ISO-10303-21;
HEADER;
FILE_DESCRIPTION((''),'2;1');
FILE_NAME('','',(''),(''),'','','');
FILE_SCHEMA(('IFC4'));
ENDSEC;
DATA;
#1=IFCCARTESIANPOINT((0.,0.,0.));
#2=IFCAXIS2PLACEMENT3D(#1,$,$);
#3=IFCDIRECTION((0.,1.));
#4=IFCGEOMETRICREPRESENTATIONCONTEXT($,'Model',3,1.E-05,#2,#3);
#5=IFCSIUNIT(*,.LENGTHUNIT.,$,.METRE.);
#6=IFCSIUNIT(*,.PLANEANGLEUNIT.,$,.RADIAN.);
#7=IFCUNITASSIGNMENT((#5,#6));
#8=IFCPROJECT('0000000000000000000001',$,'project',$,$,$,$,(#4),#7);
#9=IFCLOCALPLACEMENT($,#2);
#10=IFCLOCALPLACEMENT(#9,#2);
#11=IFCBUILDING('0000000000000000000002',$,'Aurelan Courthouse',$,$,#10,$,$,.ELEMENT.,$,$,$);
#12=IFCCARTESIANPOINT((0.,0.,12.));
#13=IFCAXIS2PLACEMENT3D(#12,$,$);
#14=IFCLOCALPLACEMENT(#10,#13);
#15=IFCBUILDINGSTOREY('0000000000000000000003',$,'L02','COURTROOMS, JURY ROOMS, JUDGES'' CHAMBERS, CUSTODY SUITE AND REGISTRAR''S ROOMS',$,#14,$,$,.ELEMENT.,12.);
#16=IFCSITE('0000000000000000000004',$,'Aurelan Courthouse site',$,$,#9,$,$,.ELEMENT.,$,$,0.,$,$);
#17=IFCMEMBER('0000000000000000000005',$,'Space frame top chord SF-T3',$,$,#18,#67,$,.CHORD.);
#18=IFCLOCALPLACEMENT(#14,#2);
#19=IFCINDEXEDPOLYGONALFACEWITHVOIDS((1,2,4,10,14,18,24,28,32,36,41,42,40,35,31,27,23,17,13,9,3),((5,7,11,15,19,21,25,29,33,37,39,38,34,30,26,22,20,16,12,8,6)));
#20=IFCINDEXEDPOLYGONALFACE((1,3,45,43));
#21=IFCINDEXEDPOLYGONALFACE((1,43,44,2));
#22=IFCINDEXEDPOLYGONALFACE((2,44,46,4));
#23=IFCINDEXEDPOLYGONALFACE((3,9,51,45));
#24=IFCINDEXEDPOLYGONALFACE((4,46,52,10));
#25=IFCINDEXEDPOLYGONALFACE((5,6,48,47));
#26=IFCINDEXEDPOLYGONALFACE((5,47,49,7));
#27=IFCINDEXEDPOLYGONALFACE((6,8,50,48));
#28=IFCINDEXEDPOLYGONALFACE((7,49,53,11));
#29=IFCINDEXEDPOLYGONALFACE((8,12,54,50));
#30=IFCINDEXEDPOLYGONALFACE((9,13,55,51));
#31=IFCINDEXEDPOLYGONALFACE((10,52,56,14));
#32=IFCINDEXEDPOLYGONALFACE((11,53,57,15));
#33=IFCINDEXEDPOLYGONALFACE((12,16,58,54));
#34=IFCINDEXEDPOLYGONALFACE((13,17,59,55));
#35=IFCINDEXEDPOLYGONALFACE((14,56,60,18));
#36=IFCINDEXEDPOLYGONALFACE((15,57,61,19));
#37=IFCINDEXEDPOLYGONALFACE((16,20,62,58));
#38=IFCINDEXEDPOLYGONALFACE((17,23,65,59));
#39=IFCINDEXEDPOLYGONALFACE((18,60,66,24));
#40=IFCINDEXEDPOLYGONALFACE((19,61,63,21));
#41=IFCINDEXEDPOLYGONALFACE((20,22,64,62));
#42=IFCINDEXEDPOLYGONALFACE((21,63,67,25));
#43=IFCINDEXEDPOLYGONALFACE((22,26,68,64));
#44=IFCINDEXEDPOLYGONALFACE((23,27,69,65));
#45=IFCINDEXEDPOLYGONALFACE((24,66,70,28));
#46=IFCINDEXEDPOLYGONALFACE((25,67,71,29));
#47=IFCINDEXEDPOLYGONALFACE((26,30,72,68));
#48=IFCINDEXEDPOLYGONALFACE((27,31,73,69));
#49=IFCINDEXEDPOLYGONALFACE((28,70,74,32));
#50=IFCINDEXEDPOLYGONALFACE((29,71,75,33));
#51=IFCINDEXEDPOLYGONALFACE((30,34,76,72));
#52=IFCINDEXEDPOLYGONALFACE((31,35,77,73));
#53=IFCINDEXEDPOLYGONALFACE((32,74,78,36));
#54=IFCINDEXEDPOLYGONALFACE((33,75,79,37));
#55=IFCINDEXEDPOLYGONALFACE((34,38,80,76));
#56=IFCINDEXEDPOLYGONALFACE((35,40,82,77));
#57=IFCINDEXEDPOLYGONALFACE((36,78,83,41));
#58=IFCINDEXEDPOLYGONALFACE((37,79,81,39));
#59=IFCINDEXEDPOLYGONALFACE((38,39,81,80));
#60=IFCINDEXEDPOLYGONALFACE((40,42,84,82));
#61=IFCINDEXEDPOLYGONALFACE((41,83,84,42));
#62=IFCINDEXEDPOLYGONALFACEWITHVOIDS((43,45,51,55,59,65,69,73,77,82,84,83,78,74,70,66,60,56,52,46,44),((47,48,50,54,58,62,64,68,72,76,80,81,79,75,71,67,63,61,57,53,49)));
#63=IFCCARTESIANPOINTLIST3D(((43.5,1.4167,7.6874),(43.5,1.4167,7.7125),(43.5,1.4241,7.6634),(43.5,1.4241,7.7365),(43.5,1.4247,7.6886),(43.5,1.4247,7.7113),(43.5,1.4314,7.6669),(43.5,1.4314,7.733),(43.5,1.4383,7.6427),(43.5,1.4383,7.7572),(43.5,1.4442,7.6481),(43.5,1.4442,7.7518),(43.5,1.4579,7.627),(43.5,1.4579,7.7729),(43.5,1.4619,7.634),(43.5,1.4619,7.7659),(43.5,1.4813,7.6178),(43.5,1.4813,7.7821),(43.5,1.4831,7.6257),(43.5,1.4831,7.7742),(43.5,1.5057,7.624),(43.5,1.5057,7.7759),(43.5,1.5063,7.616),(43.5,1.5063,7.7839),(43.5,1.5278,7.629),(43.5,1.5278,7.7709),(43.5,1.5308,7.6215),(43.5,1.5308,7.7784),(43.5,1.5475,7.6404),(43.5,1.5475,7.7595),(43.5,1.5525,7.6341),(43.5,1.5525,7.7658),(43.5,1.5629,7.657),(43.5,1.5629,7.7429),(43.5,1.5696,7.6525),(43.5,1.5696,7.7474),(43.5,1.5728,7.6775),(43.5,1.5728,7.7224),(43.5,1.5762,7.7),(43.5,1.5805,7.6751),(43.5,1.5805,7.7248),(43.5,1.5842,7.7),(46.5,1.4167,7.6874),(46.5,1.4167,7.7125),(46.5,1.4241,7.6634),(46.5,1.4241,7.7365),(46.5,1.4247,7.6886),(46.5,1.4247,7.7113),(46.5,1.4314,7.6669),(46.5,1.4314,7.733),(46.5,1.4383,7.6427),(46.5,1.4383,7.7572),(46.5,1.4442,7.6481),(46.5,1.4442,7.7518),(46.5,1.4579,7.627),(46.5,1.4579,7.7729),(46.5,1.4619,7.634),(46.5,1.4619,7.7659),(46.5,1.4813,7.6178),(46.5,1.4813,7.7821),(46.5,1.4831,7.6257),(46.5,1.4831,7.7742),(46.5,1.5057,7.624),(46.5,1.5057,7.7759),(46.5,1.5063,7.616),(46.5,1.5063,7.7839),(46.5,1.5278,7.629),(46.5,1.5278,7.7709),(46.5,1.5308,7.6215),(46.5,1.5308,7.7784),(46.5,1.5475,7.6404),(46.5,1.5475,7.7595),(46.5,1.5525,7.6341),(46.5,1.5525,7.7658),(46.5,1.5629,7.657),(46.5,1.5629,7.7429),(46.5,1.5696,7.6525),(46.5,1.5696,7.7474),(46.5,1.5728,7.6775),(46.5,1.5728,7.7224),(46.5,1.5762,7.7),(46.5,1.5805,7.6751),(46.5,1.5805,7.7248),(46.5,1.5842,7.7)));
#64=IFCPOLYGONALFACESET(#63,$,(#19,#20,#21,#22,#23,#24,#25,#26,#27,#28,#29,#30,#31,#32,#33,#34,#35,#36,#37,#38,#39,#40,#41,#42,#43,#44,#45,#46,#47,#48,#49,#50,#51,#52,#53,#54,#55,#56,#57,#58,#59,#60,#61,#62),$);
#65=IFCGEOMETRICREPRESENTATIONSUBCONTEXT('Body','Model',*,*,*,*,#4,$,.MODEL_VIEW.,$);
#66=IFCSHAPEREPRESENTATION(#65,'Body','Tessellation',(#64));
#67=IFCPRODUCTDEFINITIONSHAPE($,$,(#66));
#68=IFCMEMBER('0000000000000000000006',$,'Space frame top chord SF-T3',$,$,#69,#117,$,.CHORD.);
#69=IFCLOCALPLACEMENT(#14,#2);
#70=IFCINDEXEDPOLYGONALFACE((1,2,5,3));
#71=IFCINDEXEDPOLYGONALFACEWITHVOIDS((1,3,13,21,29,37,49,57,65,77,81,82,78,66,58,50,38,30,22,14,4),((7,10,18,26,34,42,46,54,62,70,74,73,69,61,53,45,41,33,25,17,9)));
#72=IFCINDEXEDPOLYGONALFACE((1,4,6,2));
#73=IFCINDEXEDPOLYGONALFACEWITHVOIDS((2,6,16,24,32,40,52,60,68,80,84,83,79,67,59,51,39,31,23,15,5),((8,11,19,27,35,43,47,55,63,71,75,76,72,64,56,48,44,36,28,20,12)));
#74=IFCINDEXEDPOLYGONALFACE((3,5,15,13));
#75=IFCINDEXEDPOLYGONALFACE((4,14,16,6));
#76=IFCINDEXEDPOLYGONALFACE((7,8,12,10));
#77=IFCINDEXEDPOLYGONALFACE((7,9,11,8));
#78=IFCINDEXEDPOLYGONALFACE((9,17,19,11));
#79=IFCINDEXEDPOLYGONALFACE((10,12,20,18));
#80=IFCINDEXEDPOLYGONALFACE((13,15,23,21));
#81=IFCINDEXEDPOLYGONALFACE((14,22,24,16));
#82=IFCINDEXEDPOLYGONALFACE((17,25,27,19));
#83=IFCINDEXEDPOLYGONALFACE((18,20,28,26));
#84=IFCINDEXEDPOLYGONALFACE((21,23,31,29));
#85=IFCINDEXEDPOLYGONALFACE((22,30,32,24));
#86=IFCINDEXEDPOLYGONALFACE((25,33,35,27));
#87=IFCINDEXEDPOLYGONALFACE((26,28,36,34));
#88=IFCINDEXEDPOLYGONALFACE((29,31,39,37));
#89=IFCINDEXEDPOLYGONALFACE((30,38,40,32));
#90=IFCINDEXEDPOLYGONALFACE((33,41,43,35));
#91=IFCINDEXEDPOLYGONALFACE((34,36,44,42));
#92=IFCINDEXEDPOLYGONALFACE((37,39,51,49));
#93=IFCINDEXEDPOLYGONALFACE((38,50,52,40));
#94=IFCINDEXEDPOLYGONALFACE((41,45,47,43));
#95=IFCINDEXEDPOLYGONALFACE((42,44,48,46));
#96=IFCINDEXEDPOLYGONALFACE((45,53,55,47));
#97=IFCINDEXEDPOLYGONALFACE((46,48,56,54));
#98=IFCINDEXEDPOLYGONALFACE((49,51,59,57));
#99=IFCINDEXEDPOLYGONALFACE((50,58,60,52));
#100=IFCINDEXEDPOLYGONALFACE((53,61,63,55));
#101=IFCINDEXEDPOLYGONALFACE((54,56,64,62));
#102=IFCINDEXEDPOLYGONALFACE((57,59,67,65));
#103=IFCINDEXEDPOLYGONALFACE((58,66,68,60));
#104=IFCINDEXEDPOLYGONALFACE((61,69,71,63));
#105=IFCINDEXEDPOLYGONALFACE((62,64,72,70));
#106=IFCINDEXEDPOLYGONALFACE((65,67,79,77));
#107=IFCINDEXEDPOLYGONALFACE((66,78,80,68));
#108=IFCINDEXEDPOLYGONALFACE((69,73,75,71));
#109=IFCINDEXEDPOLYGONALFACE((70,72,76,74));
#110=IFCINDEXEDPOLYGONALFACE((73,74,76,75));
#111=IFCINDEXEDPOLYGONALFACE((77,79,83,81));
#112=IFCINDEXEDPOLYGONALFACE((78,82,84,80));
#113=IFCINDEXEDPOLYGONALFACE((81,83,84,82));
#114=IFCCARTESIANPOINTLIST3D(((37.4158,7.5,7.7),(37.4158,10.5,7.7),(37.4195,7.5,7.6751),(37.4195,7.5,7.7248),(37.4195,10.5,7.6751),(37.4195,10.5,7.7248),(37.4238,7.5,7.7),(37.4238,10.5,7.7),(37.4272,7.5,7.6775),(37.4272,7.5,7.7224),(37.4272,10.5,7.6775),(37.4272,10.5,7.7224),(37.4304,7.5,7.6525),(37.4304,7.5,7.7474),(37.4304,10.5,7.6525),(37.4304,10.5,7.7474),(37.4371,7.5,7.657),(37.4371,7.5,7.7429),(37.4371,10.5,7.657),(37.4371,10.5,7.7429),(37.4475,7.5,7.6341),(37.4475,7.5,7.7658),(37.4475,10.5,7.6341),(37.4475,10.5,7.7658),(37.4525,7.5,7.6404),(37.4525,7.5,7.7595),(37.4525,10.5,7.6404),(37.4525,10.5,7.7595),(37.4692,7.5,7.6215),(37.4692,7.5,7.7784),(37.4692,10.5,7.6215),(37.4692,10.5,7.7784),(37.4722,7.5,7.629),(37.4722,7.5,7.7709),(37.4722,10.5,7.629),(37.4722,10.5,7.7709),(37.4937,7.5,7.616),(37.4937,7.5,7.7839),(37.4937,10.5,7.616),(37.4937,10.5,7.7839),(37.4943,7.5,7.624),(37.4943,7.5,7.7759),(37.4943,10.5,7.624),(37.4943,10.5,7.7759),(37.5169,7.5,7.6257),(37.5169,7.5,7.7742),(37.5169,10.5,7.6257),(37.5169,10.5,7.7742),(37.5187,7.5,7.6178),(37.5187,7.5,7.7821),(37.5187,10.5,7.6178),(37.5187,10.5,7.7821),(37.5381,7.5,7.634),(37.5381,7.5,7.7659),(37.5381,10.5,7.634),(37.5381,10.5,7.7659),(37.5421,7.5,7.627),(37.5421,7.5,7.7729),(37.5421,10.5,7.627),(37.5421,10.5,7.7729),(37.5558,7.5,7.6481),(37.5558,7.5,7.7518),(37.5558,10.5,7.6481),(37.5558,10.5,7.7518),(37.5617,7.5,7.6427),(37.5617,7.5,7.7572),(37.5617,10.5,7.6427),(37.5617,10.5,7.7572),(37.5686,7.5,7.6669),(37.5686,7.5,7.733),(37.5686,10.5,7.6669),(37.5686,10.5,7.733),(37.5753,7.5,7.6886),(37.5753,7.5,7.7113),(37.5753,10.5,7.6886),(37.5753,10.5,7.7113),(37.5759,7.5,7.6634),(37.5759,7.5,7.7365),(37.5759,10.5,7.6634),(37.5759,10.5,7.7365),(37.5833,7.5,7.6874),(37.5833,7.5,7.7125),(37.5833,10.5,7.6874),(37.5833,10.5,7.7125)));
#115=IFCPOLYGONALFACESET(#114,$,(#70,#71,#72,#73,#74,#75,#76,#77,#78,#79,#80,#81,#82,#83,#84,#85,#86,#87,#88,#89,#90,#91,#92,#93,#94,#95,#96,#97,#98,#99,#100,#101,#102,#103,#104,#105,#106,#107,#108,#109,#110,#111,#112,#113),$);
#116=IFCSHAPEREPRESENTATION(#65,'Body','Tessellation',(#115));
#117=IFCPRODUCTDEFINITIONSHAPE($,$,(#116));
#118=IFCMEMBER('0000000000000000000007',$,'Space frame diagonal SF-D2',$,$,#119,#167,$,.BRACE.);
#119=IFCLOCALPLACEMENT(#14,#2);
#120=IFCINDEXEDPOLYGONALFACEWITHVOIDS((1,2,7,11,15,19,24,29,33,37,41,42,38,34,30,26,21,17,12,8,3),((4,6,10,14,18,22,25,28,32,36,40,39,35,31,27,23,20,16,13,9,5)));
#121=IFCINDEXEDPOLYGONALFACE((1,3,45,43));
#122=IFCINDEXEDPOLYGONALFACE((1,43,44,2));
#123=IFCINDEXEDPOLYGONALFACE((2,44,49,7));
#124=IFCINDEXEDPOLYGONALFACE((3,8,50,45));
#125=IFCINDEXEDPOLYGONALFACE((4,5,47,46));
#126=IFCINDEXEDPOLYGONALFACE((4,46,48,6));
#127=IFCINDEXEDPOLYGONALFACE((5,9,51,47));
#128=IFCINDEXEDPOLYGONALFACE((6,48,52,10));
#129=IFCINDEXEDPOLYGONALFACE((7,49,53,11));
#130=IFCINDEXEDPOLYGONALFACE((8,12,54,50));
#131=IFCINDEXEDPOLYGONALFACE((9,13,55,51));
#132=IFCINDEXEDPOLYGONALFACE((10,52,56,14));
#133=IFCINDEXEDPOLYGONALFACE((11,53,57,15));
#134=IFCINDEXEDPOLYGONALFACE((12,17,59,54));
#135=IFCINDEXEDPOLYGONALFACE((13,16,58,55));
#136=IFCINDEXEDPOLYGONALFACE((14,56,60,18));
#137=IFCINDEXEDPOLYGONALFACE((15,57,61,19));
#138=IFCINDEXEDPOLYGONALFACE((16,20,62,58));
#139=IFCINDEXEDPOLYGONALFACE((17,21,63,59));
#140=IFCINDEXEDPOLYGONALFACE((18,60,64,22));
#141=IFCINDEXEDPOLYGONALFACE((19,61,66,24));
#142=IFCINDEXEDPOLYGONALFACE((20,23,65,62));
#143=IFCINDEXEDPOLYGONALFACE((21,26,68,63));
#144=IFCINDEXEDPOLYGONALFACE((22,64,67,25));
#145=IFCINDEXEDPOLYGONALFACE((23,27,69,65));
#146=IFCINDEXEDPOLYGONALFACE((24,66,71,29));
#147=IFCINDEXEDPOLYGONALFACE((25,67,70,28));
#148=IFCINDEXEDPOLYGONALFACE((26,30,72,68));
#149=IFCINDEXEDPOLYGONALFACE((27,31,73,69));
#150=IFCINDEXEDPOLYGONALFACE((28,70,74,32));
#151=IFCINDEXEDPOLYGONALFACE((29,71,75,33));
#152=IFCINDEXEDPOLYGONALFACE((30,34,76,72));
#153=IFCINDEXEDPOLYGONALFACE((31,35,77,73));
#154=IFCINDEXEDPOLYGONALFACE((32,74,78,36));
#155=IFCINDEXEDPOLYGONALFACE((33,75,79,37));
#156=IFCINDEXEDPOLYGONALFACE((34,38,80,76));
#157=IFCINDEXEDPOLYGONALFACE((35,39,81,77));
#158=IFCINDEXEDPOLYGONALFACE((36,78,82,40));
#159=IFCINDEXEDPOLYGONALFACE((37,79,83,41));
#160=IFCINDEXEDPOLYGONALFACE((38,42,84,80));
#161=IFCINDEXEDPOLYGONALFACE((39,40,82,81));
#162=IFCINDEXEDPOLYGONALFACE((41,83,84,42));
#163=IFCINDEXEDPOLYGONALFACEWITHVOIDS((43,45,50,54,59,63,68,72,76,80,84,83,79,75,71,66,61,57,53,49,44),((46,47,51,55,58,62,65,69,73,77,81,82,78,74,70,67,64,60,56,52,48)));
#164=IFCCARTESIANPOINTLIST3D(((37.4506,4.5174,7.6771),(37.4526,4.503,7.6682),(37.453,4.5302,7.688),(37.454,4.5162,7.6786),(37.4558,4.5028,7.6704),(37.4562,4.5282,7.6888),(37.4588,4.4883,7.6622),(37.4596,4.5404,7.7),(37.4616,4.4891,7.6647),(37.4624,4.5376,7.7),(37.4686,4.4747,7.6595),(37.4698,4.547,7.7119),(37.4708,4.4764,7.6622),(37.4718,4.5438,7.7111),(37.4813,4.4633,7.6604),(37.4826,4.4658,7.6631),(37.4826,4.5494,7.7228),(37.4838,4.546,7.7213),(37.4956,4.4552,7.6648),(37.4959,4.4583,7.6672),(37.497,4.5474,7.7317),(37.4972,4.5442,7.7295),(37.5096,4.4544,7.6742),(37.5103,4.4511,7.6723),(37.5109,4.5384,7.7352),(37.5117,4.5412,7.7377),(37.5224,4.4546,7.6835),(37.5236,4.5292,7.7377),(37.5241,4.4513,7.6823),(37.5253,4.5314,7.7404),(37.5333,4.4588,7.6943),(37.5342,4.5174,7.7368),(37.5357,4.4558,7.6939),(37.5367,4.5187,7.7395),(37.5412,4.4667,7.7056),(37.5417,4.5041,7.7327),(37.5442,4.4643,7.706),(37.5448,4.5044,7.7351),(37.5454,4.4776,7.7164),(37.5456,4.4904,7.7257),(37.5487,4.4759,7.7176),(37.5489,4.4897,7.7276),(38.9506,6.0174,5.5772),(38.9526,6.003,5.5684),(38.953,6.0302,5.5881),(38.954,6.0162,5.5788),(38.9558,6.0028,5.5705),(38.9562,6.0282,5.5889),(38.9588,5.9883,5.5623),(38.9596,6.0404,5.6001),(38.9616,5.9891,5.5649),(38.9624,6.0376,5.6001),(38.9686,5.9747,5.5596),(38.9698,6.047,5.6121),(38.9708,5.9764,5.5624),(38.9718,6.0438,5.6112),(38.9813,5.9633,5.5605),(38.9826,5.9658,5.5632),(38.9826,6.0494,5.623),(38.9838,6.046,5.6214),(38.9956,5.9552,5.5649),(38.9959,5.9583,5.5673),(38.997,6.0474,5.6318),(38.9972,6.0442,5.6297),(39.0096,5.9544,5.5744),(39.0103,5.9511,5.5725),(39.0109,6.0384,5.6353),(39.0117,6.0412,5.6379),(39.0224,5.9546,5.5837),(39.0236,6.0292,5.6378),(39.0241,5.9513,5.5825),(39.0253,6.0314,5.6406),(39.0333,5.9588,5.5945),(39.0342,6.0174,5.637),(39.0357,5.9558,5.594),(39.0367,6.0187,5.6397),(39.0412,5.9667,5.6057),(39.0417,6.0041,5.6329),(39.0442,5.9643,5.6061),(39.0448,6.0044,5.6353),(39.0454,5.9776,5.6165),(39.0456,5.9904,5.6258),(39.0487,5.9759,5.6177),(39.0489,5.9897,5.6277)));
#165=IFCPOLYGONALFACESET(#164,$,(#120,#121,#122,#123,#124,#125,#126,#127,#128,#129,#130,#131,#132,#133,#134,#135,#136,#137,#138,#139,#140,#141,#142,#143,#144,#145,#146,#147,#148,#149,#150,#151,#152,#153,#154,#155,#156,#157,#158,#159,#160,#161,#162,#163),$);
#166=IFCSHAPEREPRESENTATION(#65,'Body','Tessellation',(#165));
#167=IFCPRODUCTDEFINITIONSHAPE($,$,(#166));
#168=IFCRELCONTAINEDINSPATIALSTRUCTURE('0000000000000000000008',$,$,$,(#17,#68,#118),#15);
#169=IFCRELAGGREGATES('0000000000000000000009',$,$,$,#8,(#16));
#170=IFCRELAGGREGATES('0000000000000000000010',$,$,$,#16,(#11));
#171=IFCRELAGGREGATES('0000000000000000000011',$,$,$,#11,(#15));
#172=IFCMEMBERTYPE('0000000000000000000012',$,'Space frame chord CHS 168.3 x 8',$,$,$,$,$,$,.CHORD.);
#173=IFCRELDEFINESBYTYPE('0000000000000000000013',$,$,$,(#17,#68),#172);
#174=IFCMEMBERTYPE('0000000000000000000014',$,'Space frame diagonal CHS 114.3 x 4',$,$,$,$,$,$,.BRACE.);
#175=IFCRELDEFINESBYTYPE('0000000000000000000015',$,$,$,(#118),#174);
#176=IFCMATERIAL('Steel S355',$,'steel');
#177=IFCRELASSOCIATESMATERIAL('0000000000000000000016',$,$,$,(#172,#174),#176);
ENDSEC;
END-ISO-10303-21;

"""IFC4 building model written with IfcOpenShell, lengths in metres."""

from ifc_helpers import new_model, si_unit, direction, frame, origin, origin_2d, place, context, subcontext, project, spatial, hollow_circle, extrude, material, material_profile, profile_set, type_object, element, save


model = new_model("IFC4")

# Units and contexts
model_context = context("Model", 3, precision=1e-05, world=origin(), true_north=direction((0.0, 1.0)))
body_context = subcontext(model_context, "Body", "Model", "MODEL_VIEW")
ifc_project = project(units=[si_unit("LENGTHUNIT", "METRE"), si_unit("PLANEANGLEUNIT", "RADIAN")], contexts=[model_context])

# Site, building, storey
site_placement = place(None, origin())
site = spatial("IfcSite", under=ifc_project, at=site_placement, Name="Aurelan Courthouse site", CompositionType="ELEMENT", RefElevation=0.0)
building_placement = place(site_placement, origin())
building = spatial("IfcBuilding", under=site, at=building_placement, Name="Aurelan Courthouse", CompositionType="ELEMENT")
storey_placement = place(building_placement, frame((0.0, 0.0, 12.0)))
storey = spatial("IfcBuildingStorey", under=building, at=storey_placement, Name="L02", Description="COURTROOMS, JURY ROOMS, JUDGES' CHAMBERS, CUSTODY SUITE AND REGISTRAR'S ROOMS", CompositionType="ELEMENT", Elevation=12.0)

# Members
ifc_material_1 = material(Name="Steel S355", Category="steel")
ifc_material_profile_1 = material_profile(ifc_material_1, hollow_circle(Radius=0.0842, WallThickness=0.0081, at=origin_2d()), Name="CHS 168.3 x 8")
ifc_profile_set_1 = profile_set([ifc_material_profile_1], Name="Steel S355")
member_type_1 = type_object("IfcMemberType", Name="Space frame chord CHS 168.3 x 8", PredefinedType="CHORD", material=ifc_profile_set_1)
for number, where, z_axis, x_axis, name in (
    (1, (43.5, 1.5, 7.7), (1.0, 0.0, 0.0), (0.0, 1.0, 0.0), "Space frame top chord SF-T3"),
    (2, (37.5, 7.5, 7.7), (0.0, 1.0, 0.0), (-1.0, 0.0, 0.0), "Space frame top chord SF-T3"),
):
    element("IfcMember", number, at=place(storey_placement, frame(where, z_axis=z_axis, x_axis=x_axis)), inside=storey, type_object=member_type_1, Name=name, PredefinedType="CHORD", context=body_context, shape_type="SweptSolid", body=[
        extrude(hollow_circle(Radius=0.0842, WallThickness=0.0081, at=origin_2d()), origin(), (0.0, 0.0, 1.0), 3.0),
    ])
ifc_material_profile_2 = material_profile(ifc_material_1, hollow_circle(Radius=0.0571, WallThickness=0.0039, at=origin_2d()), Name="CHS 114.3 x 4")
ifc_profile_set_2 = profile_set([ifc_material_profile_2], Name="Steel S355")
member_type_2 = type_object("IfcMemberType", Name="Space frame diagonal CHS 114.3 x 4", PredefinedType="BRACE", material=ifc_profile_set_2)
for number, where, z_axis, x_axis, name in (
    (3, (37.5, 4.5, 7.7), (0.502536, 0.502536, -0.703502), (-0.707107, 0.707107, 0.0), "Space frame diagonal SF-D2"),
):
    element("IfcMember", number, at=place(storey_placement, frame(where, z_axis=z_axis, x_axis=x_axis)), inside=storey, type_object=member_type_2, Name=name, PredefinedType="BRACE", context=body_context, shape_type="SweptSolid", body=[
        extrude(hollow_circle(Radius=0.0571, WallThickness=0.0039, at=origin_2d()), origin(), (0.0, 0.0, 1.0), 2.9849),
    ])

save(model, "model.ifc")
